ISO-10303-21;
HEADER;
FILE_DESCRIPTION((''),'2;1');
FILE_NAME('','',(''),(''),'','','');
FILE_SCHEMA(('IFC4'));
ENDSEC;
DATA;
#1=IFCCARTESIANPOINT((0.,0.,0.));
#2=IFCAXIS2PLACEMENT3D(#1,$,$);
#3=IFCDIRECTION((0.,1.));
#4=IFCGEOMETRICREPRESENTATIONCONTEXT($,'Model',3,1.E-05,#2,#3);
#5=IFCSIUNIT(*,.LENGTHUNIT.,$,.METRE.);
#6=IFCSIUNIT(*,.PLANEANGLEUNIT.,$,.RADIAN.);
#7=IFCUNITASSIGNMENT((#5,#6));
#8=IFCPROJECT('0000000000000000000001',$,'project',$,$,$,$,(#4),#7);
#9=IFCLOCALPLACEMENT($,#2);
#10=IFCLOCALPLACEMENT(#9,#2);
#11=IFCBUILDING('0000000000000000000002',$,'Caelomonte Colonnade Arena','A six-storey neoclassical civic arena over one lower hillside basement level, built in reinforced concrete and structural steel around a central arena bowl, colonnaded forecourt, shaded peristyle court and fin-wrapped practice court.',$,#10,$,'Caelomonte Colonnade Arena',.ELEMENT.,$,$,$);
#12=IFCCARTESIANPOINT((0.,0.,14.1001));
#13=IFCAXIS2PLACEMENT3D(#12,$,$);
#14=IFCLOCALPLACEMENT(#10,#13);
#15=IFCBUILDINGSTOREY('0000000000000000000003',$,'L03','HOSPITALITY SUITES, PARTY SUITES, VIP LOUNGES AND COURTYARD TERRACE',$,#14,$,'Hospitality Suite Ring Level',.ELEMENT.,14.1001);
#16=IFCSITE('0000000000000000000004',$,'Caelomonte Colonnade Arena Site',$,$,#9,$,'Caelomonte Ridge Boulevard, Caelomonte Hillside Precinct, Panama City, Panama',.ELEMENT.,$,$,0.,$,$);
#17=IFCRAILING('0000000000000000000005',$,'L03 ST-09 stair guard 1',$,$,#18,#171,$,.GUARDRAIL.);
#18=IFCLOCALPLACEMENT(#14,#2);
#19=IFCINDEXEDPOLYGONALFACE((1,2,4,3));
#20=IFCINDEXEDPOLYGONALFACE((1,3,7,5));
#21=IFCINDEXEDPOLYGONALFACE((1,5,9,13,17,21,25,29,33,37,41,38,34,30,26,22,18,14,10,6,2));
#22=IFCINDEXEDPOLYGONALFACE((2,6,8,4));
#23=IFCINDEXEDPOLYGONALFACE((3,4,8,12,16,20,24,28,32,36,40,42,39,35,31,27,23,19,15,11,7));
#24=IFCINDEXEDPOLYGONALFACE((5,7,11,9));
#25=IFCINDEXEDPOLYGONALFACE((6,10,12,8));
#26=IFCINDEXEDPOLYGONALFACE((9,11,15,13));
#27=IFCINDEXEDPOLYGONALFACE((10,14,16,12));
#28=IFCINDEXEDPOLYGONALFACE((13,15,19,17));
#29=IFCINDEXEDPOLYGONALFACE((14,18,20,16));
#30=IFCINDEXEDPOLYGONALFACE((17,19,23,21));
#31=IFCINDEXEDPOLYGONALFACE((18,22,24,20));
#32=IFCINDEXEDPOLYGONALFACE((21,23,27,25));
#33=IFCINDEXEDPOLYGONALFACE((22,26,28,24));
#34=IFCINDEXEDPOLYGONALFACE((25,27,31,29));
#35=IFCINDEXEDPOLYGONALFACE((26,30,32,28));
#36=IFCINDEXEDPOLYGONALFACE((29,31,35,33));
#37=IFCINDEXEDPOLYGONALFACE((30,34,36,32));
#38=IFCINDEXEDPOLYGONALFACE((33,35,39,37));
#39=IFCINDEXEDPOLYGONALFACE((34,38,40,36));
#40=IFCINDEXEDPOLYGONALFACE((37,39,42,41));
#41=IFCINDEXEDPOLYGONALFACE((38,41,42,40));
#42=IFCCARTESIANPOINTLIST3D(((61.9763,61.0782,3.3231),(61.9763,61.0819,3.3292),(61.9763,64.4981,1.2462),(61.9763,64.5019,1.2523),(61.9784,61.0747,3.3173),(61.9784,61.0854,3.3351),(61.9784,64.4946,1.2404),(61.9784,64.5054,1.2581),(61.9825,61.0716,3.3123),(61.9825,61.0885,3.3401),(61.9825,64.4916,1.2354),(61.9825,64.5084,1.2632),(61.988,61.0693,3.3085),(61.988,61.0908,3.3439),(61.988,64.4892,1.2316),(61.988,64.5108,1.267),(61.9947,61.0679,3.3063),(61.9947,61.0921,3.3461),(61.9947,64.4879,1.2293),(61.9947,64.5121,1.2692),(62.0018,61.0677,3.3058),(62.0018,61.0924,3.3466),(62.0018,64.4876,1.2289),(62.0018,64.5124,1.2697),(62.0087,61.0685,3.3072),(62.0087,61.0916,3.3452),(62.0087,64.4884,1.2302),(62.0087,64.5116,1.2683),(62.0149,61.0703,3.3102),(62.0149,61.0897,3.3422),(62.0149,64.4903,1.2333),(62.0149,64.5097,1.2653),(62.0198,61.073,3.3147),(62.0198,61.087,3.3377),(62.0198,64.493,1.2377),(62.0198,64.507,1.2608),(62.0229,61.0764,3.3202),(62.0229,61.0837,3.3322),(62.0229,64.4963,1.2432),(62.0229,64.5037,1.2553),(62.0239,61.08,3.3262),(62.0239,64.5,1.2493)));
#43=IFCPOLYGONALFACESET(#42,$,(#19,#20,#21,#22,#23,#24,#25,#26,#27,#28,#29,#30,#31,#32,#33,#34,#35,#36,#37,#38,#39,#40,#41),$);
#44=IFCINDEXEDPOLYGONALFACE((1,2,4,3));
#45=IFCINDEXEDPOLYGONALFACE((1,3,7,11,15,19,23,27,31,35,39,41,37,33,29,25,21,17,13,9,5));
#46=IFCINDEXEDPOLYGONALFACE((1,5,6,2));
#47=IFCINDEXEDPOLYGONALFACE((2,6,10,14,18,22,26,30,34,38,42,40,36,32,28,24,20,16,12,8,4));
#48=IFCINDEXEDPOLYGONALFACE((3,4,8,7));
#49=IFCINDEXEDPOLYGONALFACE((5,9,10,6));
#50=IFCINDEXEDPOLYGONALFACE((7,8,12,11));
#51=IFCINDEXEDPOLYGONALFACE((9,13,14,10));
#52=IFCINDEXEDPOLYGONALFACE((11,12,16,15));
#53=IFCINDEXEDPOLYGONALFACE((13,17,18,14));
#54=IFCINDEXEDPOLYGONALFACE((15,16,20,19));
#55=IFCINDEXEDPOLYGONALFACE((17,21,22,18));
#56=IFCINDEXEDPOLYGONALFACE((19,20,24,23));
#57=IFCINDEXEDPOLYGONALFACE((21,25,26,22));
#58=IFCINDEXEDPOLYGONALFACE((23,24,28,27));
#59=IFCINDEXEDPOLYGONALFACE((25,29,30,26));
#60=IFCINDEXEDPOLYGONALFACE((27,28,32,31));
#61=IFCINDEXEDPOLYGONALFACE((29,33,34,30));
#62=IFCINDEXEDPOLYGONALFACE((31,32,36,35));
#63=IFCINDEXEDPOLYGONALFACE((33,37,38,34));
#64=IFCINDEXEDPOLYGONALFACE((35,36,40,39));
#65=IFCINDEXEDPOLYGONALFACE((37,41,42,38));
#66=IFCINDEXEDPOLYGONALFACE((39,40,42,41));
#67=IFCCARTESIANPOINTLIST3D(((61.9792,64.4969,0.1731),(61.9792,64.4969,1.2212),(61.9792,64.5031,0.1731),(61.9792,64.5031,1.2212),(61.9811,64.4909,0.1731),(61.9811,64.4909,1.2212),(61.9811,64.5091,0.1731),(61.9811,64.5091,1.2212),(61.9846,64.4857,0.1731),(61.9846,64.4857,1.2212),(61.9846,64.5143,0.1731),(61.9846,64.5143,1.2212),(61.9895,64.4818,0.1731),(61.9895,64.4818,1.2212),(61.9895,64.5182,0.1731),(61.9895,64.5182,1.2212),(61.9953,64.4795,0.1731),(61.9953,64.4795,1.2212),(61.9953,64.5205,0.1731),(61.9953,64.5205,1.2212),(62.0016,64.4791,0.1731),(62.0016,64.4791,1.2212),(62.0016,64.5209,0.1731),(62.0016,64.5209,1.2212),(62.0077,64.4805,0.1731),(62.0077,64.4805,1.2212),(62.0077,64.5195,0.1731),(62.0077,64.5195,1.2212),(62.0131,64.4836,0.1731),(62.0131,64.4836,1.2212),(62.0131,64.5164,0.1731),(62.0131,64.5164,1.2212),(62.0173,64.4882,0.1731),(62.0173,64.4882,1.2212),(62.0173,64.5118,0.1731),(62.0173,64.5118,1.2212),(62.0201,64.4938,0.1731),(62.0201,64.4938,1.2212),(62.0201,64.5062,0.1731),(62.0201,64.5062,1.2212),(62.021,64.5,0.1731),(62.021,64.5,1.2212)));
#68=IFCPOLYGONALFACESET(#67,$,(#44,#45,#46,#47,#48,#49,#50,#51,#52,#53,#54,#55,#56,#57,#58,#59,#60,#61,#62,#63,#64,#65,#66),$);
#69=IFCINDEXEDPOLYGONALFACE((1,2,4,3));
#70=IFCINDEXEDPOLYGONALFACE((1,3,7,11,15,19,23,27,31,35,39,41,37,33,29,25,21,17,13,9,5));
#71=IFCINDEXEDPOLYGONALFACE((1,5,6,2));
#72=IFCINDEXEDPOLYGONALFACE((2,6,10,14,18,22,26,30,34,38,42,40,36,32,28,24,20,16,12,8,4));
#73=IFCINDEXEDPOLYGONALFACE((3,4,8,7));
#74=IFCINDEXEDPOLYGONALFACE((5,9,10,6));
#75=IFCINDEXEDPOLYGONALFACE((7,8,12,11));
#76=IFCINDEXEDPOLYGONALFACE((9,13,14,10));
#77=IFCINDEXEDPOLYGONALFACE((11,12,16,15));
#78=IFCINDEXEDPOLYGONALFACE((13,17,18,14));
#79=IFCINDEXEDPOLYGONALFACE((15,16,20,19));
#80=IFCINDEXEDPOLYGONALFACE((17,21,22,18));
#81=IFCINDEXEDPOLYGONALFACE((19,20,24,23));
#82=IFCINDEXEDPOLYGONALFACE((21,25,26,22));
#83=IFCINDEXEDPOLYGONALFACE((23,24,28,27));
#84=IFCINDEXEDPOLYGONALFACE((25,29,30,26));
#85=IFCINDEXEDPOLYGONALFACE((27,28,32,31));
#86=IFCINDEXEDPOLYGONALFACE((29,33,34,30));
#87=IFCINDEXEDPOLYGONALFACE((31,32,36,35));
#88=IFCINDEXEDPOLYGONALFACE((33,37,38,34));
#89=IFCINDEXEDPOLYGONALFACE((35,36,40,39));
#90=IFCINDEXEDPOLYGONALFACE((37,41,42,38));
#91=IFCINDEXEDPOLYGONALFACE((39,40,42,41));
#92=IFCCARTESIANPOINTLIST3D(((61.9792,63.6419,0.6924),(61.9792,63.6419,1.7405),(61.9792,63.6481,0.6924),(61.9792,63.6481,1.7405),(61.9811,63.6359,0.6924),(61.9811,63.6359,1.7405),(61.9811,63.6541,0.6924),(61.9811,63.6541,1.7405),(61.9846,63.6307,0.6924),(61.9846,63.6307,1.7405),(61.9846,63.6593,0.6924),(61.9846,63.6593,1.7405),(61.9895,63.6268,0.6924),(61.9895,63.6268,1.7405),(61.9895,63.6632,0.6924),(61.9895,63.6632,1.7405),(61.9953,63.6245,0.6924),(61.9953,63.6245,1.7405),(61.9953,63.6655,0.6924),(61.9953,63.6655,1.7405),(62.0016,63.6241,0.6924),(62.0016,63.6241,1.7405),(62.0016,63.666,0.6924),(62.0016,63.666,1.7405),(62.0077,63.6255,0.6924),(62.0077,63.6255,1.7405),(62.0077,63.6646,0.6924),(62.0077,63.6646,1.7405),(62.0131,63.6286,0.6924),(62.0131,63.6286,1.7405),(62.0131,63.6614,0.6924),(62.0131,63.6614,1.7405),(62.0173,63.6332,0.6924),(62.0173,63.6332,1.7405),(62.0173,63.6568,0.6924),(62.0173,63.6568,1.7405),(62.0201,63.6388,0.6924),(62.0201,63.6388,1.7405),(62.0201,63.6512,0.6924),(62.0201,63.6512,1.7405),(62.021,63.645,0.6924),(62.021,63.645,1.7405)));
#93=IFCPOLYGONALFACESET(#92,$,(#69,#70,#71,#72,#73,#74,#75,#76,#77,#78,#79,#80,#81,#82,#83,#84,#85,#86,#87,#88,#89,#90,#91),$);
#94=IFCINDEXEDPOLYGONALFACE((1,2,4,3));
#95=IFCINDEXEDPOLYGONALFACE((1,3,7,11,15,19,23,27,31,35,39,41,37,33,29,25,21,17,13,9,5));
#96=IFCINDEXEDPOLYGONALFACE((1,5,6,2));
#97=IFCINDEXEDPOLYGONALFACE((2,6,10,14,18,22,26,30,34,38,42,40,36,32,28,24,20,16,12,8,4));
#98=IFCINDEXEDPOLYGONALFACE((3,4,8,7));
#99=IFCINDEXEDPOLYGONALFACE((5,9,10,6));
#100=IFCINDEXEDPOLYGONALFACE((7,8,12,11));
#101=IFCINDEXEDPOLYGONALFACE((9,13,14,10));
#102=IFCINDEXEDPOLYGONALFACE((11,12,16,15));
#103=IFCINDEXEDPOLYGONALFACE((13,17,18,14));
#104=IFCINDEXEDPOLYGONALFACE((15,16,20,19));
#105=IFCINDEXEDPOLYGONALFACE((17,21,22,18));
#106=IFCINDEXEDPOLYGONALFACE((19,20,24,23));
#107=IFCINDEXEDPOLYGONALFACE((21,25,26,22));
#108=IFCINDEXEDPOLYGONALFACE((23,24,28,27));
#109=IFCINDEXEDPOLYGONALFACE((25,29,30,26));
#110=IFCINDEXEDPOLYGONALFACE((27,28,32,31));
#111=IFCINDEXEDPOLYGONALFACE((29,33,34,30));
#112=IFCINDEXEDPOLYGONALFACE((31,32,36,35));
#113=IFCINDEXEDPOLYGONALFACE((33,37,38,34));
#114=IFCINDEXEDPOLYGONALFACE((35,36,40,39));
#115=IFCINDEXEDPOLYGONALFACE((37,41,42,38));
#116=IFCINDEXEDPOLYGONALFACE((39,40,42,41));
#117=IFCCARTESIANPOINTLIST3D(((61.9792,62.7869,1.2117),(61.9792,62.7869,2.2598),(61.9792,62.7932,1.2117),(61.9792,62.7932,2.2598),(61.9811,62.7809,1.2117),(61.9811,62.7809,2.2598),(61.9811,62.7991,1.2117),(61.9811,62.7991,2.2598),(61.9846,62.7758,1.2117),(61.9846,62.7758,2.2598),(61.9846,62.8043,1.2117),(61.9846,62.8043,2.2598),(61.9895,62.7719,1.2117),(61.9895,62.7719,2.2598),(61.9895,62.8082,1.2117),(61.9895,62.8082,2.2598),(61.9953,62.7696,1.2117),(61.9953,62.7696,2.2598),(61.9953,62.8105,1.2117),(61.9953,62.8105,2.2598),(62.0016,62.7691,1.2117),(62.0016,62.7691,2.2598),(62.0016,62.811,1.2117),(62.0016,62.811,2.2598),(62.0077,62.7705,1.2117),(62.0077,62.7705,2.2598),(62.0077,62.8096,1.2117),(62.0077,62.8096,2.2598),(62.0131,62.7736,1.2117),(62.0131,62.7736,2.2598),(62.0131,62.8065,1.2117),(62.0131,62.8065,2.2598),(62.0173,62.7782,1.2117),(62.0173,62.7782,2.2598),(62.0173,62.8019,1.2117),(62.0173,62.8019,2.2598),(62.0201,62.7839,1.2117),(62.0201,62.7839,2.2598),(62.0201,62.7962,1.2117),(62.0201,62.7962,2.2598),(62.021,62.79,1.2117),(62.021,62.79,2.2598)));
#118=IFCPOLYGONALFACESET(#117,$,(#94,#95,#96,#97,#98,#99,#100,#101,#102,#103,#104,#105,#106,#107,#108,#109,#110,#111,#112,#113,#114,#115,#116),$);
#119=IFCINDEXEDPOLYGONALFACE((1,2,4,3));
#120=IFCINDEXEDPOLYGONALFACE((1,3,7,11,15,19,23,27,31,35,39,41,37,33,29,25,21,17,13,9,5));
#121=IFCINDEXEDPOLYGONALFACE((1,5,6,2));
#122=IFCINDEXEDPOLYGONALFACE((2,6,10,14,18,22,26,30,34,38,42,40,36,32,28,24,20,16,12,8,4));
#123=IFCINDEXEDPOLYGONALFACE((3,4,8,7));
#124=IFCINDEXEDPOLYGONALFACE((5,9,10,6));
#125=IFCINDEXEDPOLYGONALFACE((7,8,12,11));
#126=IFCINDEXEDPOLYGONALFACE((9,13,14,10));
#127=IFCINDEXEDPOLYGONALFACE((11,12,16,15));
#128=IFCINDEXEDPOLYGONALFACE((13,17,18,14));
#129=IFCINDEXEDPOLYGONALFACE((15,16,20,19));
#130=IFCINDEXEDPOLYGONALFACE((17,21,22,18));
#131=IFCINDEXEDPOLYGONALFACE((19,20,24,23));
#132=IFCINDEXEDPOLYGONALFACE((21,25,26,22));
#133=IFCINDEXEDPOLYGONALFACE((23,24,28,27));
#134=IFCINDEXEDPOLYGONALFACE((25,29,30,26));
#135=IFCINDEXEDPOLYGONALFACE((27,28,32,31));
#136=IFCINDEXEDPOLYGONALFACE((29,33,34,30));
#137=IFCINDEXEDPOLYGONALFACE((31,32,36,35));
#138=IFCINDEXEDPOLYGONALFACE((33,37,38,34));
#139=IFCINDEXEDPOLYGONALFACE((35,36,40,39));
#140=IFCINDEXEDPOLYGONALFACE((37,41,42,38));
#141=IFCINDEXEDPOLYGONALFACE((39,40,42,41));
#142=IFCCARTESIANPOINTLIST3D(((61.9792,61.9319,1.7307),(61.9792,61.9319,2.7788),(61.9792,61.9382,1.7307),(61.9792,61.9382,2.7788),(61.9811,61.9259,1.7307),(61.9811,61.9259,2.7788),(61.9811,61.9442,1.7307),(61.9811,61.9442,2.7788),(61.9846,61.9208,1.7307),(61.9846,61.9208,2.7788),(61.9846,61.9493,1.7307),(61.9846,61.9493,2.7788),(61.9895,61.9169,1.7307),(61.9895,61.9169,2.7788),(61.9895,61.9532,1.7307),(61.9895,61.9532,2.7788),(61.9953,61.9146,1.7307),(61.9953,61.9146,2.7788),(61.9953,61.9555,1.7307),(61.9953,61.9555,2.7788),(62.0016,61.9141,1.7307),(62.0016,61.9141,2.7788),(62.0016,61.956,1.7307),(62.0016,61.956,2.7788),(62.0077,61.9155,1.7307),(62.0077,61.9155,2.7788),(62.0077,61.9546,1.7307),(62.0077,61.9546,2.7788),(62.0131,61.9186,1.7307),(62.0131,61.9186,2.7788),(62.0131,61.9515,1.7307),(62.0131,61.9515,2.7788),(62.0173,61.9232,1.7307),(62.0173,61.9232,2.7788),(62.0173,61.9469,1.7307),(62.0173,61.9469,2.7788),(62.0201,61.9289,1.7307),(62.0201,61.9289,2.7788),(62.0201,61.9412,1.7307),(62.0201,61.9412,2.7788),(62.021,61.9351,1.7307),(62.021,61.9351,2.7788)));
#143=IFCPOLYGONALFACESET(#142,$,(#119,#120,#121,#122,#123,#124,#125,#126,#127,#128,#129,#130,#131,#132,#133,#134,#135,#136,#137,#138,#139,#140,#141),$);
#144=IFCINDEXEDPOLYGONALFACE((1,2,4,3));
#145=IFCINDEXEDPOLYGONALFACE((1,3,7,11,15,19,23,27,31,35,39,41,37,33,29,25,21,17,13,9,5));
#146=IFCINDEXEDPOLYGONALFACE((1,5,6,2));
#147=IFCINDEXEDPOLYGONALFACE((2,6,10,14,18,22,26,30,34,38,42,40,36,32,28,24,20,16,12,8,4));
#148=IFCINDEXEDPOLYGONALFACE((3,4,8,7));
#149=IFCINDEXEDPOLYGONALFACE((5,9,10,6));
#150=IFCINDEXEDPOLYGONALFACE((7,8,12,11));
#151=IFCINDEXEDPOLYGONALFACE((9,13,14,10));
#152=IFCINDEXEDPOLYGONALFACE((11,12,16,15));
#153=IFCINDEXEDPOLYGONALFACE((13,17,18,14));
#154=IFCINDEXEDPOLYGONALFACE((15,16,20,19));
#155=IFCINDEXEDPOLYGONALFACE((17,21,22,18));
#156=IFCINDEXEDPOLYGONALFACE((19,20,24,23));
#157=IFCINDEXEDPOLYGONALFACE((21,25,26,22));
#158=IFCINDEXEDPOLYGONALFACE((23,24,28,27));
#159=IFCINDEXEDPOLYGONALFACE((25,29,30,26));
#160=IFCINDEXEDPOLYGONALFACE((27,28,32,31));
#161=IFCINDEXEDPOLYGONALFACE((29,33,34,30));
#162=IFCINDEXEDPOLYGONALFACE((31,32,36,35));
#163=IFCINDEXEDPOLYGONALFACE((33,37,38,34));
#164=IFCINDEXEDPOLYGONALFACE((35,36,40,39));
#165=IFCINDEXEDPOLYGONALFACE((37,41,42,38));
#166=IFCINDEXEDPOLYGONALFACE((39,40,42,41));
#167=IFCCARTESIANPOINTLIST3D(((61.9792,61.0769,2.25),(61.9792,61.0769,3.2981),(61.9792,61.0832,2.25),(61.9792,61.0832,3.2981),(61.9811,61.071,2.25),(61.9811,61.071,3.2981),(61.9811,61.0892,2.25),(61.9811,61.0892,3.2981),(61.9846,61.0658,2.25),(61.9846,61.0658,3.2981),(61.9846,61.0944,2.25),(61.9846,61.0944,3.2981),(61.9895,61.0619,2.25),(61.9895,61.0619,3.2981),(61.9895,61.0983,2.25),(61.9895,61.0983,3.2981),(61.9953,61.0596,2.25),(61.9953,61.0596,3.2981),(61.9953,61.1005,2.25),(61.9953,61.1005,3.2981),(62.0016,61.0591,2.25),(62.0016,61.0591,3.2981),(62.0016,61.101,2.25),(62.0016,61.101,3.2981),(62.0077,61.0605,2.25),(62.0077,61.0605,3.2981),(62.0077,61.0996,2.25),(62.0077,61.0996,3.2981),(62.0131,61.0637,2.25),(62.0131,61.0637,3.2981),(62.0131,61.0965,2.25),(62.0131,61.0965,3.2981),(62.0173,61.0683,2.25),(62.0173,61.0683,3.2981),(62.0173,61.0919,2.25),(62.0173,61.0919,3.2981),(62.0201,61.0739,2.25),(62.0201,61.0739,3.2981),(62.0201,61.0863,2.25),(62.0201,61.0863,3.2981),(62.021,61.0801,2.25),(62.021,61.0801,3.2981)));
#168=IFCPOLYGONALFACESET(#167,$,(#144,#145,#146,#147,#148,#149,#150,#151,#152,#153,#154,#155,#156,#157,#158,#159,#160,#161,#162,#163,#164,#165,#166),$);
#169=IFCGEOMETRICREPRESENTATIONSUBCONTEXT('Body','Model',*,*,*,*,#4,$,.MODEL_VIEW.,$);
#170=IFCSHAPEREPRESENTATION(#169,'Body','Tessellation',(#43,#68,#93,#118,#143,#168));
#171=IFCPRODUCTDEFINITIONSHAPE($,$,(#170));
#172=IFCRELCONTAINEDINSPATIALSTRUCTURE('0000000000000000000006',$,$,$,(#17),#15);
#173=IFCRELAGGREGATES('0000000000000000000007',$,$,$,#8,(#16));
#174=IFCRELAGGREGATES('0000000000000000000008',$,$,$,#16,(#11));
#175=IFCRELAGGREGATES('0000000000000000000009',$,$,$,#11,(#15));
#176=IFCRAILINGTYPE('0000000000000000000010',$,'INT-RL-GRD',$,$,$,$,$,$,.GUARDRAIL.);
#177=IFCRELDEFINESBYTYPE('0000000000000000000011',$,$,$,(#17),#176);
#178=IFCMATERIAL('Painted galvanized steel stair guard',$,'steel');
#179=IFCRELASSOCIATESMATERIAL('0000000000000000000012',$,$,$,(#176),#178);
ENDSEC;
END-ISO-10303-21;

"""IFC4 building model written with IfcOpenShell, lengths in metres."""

from ifc_helpers import new_model, si_unit, direction, frame, origin, origin_2d, place, context, subcontext, project, spatial, circle, extrude, material, type_object, element, save


model = new_model("IFC4")

# Units and contexts
model_context = context("Model", 3, precision=1e-05, world=origin(), true_north=direction((0.0, 1.0)))
body_context = subcontext(model_context, "Body", "Model", "MODEL_VIEW")
ifc_project = project(units=[si_unit("LENGTHUNIT", "METRE"), si_unit("PLANEANGLEUNIT", "RADIAN")], contexts=[model_context])

# Site, building, storey
site_placement = place(None, origin())
site = spatial("IfcSite", under=ifc_project, at=site_placement, Name="Caelomonte Colonnade Arena Site", LongName="Caelomonte Ridge Boulevard, Caelomonte Hillside Precinct, Panama City, Panama", CompositionType="ELEMENT", RefElevation=0.0)
building_placement = place(site_placement, origin())
building = spatial("IfcBuilding", under=site, at=building_placement, Name="Caelomonte Colonnade Arena", Description="A six-storey neoclassical civic arena over one lower hillside basement level, built in reinforced concrete and structural steel around a central arena bowl, colonnaded forecourt, shaded peristyle court and fin-wrapped practice court.", LongName="Caelomonte Colonnade Arena", CompositionType="ELEMENT")
storey_placement = place(building_placement, frame((0.0, 0.0, 14.1001)))
storey = spatial("IfcBuildingStorey", under=building, at=storey_placement, Name="L03", Description="HOSPITALITY SUITES, PARTY SUITES, VIP LOUNGES AND COURTYARD TERRACE", LongName="Hospitality Suite Ring Level", CompositionType="ELEMENT", Elevation=14.1001)

# Railing
ifc_material_1 = material(Name="Painted galvanized steel stair guard", Category="steel")
railing_type_1 = type_object("IfcRailingType", Name="INT-RL-GRD", PredefinedType="GUARDRAIL", material=ifc_material_1)
railing_1_placement = place(storey_placement, frame((62.0, 64.5, 0.1731)))
element("IfcRailing", 1, at=railing_1_placement, inside=storey, type_object=railing_type_1, Name="L03 ST-09 stair guard 1", PredefinedType="GUARDRAIL", context=body_context, shape_type="SweptSolid", body=[
    extrude(circle(Radius=0.0239, at=origin_2d()), frame((0.0, 0.0, 1.0762), z_axis=(0.0, -0.85473, 0.519074), x_axis=(1.0, 0.0, 0.0)), (0.0, 0.0, 1.0), 4.0012),
    extrude(circle(Radius=0.021, at=origin_2d()), origin(), (0.0, 0.0, 1.0), 1.0481),
    extrude(circle(Radius=0.021, at=origin_2d()), frame((0.0, -0.855, 0.5193)), (0.0, 0.0, 1.0), 1.0481),
    extrude(circle(Radius=0.021, at=origin_2d()), frame((0.0, -1.71, 1.0386)), (0.0, 0.0, 1.0), 1.0481),
    extrude(circle(Radius=0.021, at=origin_2d()), frame((0.0, -2.5649, 1.5576)), (0.0, 0.0, 1.0), 1.0481),
    extrude(circle(Radius=0.021, at=origin_2d()), frame((0.0, -3.4199, 2.0769)), (0.0, 0.0, 1.0), 1.0481),
])

save(model, "model.ifc")
